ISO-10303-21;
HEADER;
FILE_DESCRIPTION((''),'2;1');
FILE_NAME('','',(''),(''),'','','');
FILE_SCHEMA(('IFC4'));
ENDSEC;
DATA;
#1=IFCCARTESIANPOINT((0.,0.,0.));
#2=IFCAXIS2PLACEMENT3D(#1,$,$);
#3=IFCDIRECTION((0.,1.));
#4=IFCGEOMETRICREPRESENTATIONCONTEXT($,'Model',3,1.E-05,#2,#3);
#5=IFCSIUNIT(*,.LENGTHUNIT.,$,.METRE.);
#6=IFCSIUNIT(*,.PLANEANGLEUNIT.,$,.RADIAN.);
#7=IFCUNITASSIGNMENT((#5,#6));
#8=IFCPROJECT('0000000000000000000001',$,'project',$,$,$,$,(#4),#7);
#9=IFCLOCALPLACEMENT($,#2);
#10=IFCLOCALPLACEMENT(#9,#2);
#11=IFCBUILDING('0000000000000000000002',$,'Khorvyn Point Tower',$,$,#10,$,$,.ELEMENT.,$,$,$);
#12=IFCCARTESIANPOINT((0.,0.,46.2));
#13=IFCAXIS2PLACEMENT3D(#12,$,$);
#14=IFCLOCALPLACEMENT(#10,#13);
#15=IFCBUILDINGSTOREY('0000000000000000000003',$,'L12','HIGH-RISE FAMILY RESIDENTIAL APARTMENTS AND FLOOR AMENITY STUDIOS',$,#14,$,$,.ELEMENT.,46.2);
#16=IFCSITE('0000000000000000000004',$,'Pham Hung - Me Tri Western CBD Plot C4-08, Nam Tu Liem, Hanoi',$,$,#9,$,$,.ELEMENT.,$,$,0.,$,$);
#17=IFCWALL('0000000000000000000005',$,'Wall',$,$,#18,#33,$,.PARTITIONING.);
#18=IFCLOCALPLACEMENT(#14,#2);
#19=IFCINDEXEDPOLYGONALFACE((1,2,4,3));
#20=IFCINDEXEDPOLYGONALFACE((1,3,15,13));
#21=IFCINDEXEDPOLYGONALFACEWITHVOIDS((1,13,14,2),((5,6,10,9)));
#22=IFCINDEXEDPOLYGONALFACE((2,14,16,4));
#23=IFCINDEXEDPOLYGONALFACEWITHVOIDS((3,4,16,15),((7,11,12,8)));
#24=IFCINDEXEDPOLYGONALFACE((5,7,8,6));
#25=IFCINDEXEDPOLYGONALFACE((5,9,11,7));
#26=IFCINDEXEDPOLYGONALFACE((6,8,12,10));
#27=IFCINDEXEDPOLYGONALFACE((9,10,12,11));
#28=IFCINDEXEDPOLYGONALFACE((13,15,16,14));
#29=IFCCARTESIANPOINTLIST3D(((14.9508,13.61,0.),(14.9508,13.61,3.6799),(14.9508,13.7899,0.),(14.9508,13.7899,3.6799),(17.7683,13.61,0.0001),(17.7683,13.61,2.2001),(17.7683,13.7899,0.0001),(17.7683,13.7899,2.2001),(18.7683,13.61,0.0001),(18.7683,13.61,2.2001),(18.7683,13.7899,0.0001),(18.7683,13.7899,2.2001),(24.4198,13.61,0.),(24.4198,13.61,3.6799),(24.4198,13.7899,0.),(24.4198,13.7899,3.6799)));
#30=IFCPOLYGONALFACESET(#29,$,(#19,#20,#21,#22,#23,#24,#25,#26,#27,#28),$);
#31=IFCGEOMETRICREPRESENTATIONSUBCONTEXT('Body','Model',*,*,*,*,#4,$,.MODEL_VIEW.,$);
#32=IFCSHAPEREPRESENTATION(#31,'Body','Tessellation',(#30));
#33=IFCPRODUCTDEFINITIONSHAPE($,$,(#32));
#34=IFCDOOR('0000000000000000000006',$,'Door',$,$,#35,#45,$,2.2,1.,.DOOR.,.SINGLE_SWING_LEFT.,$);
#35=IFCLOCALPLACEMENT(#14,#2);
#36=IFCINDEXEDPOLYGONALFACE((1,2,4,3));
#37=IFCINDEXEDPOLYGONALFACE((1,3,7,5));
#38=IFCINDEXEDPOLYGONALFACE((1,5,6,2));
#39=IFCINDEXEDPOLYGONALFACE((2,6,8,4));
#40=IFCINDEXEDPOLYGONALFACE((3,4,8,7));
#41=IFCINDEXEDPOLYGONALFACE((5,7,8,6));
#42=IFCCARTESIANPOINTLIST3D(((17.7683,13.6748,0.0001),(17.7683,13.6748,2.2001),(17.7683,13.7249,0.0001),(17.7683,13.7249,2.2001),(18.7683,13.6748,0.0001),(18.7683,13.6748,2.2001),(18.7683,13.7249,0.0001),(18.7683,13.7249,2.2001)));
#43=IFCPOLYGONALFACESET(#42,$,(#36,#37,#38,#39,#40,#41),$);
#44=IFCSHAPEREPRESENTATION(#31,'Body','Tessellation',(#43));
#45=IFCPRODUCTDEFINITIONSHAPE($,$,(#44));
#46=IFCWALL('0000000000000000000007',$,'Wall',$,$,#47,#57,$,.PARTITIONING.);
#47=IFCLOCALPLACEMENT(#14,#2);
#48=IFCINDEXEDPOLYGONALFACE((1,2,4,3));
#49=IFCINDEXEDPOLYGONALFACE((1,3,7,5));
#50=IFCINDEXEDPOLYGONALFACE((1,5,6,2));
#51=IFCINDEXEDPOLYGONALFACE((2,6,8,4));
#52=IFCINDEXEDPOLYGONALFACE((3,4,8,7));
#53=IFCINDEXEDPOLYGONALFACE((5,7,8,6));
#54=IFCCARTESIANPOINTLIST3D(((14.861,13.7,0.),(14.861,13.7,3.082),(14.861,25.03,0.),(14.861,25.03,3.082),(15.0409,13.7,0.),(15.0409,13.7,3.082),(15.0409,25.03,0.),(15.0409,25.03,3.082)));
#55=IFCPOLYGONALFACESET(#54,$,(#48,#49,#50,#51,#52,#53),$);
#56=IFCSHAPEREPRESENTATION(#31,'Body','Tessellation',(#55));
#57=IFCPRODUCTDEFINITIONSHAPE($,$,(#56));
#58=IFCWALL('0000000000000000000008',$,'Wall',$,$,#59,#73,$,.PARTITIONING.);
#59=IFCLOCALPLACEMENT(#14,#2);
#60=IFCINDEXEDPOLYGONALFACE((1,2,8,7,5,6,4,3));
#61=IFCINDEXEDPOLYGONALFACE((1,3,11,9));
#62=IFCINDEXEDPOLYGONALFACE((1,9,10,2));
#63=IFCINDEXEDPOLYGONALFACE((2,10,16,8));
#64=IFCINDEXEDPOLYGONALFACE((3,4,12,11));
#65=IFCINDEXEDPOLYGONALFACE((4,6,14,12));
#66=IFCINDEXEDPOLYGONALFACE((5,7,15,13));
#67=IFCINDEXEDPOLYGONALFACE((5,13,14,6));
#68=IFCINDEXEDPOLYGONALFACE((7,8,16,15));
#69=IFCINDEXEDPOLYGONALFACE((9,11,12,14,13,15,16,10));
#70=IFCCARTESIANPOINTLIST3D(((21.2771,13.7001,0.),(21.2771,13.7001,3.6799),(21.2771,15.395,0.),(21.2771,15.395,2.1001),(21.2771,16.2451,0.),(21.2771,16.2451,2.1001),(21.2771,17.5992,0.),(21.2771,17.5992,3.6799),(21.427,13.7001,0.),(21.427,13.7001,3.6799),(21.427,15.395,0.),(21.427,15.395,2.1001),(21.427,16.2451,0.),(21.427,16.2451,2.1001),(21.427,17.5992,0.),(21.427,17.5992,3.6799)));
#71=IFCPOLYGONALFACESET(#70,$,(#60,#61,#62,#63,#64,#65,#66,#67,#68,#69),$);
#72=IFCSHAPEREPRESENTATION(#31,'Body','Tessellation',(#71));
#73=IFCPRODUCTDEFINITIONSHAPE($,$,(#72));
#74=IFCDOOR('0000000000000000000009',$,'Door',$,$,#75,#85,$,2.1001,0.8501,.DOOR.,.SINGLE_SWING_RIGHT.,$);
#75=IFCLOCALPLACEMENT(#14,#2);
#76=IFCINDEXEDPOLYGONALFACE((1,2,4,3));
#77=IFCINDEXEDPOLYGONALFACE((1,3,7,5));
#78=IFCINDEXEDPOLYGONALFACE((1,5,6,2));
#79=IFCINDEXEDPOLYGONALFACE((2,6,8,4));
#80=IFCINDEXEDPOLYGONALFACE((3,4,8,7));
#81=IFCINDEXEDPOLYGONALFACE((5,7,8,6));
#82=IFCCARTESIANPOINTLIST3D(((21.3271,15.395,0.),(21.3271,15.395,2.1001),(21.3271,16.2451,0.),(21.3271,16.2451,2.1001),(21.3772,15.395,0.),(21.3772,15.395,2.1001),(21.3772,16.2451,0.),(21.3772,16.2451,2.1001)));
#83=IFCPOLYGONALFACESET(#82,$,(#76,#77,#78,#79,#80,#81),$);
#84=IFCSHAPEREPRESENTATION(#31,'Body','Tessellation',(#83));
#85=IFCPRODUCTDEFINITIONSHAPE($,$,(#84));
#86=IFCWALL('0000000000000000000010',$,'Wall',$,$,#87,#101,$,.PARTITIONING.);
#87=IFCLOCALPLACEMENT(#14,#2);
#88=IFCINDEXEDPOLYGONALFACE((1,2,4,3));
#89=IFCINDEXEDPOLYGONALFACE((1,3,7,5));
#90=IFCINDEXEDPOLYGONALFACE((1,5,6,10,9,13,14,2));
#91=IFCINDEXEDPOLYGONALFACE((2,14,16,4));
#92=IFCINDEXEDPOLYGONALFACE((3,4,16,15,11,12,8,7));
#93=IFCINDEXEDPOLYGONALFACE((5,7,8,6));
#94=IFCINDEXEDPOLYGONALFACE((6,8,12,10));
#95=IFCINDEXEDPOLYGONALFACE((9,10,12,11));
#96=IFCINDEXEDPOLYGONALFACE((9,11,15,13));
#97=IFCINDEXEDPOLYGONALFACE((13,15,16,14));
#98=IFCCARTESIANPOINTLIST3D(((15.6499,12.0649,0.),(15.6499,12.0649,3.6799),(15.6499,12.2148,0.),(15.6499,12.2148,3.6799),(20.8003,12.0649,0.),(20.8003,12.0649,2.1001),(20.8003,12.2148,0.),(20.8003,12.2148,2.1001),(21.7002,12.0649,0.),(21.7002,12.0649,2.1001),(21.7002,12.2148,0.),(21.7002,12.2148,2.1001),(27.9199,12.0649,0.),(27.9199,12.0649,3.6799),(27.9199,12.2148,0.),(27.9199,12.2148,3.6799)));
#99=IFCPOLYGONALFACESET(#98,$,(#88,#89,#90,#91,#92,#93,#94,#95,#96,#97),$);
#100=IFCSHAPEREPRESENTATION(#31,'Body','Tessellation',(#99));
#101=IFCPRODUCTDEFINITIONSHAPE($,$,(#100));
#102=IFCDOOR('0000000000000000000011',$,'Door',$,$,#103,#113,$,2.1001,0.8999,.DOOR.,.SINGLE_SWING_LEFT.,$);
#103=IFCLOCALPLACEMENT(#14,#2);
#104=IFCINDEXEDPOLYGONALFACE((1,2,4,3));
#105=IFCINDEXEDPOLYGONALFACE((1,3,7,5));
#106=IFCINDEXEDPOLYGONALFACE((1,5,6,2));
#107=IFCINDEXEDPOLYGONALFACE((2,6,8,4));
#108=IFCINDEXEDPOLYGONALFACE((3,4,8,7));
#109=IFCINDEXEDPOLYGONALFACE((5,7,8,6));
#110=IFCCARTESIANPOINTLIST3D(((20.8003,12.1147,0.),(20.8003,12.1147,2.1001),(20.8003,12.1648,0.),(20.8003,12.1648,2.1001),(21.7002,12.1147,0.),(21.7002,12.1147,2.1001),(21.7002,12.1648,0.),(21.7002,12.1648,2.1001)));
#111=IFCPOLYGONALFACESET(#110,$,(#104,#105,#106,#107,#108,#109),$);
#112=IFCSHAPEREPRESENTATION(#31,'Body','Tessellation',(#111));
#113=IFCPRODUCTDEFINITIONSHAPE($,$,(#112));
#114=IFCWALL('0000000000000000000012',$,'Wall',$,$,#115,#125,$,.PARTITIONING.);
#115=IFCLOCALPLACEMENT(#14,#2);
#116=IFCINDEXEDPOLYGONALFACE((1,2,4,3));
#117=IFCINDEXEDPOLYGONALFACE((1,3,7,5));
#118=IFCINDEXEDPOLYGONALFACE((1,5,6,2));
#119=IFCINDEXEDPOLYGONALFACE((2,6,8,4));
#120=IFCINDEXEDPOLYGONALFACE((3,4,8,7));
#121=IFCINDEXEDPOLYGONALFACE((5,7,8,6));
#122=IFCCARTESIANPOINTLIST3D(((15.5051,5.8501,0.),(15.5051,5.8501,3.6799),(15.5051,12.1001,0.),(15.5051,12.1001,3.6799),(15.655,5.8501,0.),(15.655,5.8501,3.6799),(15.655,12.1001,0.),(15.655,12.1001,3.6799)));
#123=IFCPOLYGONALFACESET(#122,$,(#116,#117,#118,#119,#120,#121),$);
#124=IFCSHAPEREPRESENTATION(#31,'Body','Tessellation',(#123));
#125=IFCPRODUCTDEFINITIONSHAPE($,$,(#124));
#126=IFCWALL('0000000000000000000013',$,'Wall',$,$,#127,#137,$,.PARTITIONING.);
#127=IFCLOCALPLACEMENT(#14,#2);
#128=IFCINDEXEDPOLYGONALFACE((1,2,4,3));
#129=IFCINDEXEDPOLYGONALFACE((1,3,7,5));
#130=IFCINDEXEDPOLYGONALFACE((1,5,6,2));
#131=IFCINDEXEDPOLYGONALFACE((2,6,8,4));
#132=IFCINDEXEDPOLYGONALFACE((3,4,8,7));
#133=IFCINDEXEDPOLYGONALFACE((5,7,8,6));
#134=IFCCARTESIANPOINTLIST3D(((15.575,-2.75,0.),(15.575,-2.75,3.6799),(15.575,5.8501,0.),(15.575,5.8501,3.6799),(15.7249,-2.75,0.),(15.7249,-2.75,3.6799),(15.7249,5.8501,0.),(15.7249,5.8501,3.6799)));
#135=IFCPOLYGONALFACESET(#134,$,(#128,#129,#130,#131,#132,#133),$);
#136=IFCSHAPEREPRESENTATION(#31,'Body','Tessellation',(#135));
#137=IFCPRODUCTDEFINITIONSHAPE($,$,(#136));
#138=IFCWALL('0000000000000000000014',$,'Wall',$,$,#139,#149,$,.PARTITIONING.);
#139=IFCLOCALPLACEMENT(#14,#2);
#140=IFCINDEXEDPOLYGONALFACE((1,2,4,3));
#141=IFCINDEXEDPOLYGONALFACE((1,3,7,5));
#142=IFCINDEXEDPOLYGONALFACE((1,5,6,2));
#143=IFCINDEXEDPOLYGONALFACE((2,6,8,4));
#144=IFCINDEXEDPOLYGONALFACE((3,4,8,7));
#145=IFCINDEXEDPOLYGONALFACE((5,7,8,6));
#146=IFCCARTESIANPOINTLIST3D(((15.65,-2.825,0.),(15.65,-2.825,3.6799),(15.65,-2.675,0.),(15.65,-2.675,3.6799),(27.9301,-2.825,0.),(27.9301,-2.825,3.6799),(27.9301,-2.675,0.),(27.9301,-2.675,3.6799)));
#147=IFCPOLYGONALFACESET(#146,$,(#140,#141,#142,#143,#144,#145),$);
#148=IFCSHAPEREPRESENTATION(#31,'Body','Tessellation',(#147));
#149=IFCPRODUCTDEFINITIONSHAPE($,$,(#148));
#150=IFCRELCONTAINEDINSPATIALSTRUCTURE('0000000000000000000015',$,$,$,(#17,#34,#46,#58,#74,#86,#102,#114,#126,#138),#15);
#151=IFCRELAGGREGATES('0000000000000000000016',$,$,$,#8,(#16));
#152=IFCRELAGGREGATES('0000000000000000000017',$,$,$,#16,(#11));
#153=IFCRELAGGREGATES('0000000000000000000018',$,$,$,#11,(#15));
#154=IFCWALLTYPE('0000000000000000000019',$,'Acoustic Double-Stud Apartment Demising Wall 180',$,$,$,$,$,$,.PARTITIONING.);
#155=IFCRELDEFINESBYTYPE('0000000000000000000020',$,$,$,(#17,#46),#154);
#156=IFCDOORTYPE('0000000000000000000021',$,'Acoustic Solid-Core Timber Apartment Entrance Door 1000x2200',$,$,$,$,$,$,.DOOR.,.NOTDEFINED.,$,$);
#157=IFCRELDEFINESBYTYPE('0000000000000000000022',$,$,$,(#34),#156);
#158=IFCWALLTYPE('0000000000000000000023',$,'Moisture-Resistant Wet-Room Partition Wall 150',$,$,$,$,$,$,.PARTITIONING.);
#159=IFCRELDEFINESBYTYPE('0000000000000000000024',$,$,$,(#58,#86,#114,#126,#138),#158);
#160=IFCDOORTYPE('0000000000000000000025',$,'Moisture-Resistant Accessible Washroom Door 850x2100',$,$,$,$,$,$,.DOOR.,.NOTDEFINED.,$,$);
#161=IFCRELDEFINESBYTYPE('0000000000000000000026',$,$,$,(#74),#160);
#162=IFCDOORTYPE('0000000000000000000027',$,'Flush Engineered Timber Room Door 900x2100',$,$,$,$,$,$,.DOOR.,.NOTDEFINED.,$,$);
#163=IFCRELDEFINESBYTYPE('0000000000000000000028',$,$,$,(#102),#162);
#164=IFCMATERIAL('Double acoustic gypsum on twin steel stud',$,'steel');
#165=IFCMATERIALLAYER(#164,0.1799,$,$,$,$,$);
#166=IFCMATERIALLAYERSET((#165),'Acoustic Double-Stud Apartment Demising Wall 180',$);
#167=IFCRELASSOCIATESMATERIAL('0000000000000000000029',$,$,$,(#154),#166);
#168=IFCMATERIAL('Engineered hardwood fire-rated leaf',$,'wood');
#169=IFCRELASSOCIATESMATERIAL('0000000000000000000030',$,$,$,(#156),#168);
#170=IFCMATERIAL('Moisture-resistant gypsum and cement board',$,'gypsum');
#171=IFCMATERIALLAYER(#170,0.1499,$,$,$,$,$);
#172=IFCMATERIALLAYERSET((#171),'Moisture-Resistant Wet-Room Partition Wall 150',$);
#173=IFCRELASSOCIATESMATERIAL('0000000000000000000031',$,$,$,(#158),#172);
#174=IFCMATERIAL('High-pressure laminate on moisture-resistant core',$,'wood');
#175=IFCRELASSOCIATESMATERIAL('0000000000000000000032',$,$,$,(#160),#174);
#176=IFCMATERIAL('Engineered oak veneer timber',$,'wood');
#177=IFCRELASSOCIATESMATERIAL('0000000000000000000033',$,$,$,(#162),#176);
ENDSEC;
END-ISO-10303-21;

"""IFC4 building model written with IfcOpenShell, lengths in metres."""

from ifc_helpers import new_model, si_unit, direction, frame, frame_2d, origin, place, context, subcontext, project, spatial, rectangle, extrude, material, layer, layer_set, type_object, element, fill, save


model = new_model("IFC4")

# Units and contexts
model_context = context("Model", 3, precision=1e-05, world=origin(), true_north=direction((0.0, 1.0)))
body_context = subcontext(model_context, "Body", "Model", "MODEL_VIEW")
ifc_project = project(units=[si_unit("LENGTHUNIT", "METRE"), si_unit("PLANEANGLEUNIT", "RADIAN")], contexts=[model_context])

# Site, building, storey
site_placement = place(None, origin())
site = spatial("IfcSite", under=ifc_project, at=site_placement, Name="Pham Hung - Me Tri Western CBD Plot C4-08, Nam Tu Liem, Hanoi", CompositionType="ELEMENT", RefElevation=0.0)
building_placement = place(site_placement, origin())
building = spatial("IfcBuilding", under=site, at=building_placement, Name="Khorvyn Point Tower", CompositionType="ELEMENT")
storey_placement = place(building_placement, frame((0.0, 0.0, 46.2)))
storey = spatial("IfcBuildingStorey", under=building, at=storey_placement, Name="L12", Description="HIGH-RISE FAMILY RESIDENTIAL APARTMENTS AND FLOOR AMENITY STUDIOS", CompositionType="ELEMENT", Elevation=46.2)

# Wall, opening, door
ifc_material_1 = material(Name="Double acoustic gypsum on twin steel stud", Category="steel")
ifc_layer_1 = layer(ifc_material_1, 0.1799)
ifc_layer_set_1 = layer_set([ifc_layer_1], Name="Acoustic Double-Stud Apartment Demising Wall 180")
wall_type_1 = type_object("IfcWallType", Name="Acoustic Double-Stud Apartment Demising Wall 180", PredefinedType="PARTITIONING", material=ifc_layer_set_1)
wall_1_placement = place(storey_placement, frame((14.9509, 13.7, 0.0), z_axis=(0.0, 0.0, 1.0), x_axis=(1.0, 0.0, 0.0)))
wall_1 = element("IfcWall", 1, at=wall_1_placement, inside=storey, type_object=wall_type_1, Name="Wall", PredefinedType="PARTITIONING", context=body_context, shape_type="SweptSolid", body=[
    extrude(rectangle(XDim=9.469, YDim=0.1799, at=frame_2d((4.7344, 0.0))), origin(), (0.0, 0.0, 1.0), 3.6799),
])
opening_1_placement = place(wall_1_placement, frame((2.8174, 0.0, 0.0)))
opening_1 = element("IfcOpeningElement", 2, at=opening_1_placement, cuts=wall_1, PredefinedType="OPENING", context=body_context, shape_type="SweptSolid", body=[
    extrude(rectangle(XDim=1.0, YDim=2.2, at=frame_2d((0.5, 1.1001))), frame((0.0, 0.0999, 0.0), z_axis=(0.0, -1.0, 0.0), x_axis=(1.0, 0.0, 0.0)), (0.0, 0.0, 1.0), 0.2),
])
ifc_material_2 = material(Name="Engineered hardwood fire-rated leaf", Category="wood")
door_type_1 = type_object("IfcDoorType", Name="Acoustic Solid-Core Timber Apartment Entrance Door 1000x2200", OperationType="NOTDEFINED", PredefinedType="DOOR", material=ifc_material_2)
door_1_placement = place(opening_1_placement, origin())
door_1 = element("IfcDoor", 3, at=door_1_placement, inside=storey, type_object=door_type_1, Name="Door", OperationType="SINGLE_SWING_LEFT", OverallHeight=2.2, OverallWidth=1.0, PredefinedType="DOOR", context=body_context, shape_type="SweptSolid", body=[
    extrude(rectangle(XDim=1.0, YDim=2.2, at=frame_2d((0.5, 1.1001))), frame((0.0, 0.0249, 0.0), z_axis=(0.0, -1.0, 0.0), x_axis=(1.0, 0.0, 0.0)), (0.0, 0.0, 1.0), 0.05),
])
fill(opening_1, door_1)

# Wall
wall_2_placement = place(storey_placement, frame((14.9509, 13.7, 0.0), z_axis=(0.0, 0.0, 1.0), x_axis=(0.0, 1.0, 0.0)))
element("IfcWall", 4, at=wall_2_placement, inside=storey, type_object=wall_type_1, Name="Wall", PredefinedType="PARTITIONING", context=body_context, shape_type="SweptSolid", body=[
    extrude(rectangle(XDim=11.3301, YDim=0.1799, at=frame_2d((5.665, 0.0))), origin(), (0.0, 0.0, 1.0), 3.082),
])

# Walls, openings, doors
ifc_material_3 = material(Name="Moisture-resistant gypsum and cement board", Category="gypsum")
ifc_layer_2 = layer(ifc_material_3, 0.1499)
ifc_layer_set_2 = layer_set([ifc_layer_2], Name="Moisture-Resistant Wet-Room Partition Wall 150")
wall_type_2 = type_object("IfcWallType", Name="Moisture-Resistant Wet-Room Partition Wall 150", PredefinedType="PARTITIONING", material=ifc_layer_set_2)
wall_3_placement = place(storey_placement, frame((21.3521, 13.7, 0.0), z_axis=(0.0, 0.0, 1.0), x_axis=(0.0, 1.0, 0.0)))
wall_3 = element("IfcWall", 5, at=wall_3_placement, inside=storey, type_object=wall_type_2, Name="Wall", PredefinedType="PARTITIONING", context=body_context, shape_type="SweptSolid", body=[
    extrude(rectangle(XDim=3.8992, YDim=0.1499, at=frame_2d((1.9497, 0.0))), origin(), (0.0, 0.0, 1.0), 3.6799),
])
opening_2_placement = place(wall_3_placement, frame((1.6951, 0.0, 0.0)))
opening_2 = element("IfcOpeningElement", 6, at=opening_2_placement, cuts=wall_3, PredefinedType="OPENING", context=body_context, shape_type="SweptSolid", body=[
    extrude(rectangle(XDim=0.8501, YDim=2.1001, at=frame_2d((0.425, 1.05))), frame((0.0, 0.085, 0.0), z_axis=(0.0, -1.0, 0.0), x_axis=(1.0, 0.0, 0.0)), (0.0, 0.0, 1.0), 0.1699),
])
ifc_material_4 = material(Name="High-pressure laminate on moisture-resistant core", Category="wood")
door_type_2 = type_object("IfcDoorType", Name="Moisture-Resistant Accessible Washroom Door 850x2100", OperationType="NOTDEFINED", PredefinedType="DOOR", material=ifc_material_4)
door_2_placement = place(opening_2_placement, origin())
door_2 = element("IfcDoor", 7, at=door_2_placement, inside=storey, type_object=door_type_2, Name="Door", OperationType="SINGLE_SWING_RIGHT", OverallHeight=2.1001, OverallWidth=0.8501, PredefinedType="DOOR", context=body_context, shape_type="SweptSolid", body=[
    extrude(rectangle(XDim=0.8501, YDim=2.1001, at=frame_2d((0.425, 1.05))), frame((0.0, 0.0249, 0.0), z_axis=(0.0, -1.0, 0.0), x_axis=(1.0, 0.0, 0.0)), (0.0, 0.0, 1.0), 0.05),
])
fill(opening_2, door_2)
wall_4_placement = place(storey_placement, frame((15.6499, 12.1399, 0.0), z_axis=(0.0, 0.0, 1.0), x_axis=(1.0, 0.0, 0.0)))
wall_4 = element("IfcWall", 8, at=wall_4_placement, inside=storey, type_object=wall_type_2, Name="Wall", PredefinedType="PARTITIONING", context=body_context, shape_type="SweptSolid", body=[
    extrude(rectangle(XDim=12.27, YDim=0.1499, at=frame_2d((6.135, 0.0))), origin(), (0.0, 0.0, 1.0), 3.6799),
])
opening_3_placement = place(wall_4_placement, frame((5.1504, 0.0, 0.0)))
opening_3 = element("IfcOpeningElement", 9, at=opening_3_placement, cuts=wall_4, PredefinedType="OPENING", context=body_context, shape_type="SweptSolid", body=[
    extrude(rectangle(XDim=0.8999, YDim=2.1001, at=frame_2d((0.45, 1.05))), frame((0.0, 0.085, 0.0), z_axis=(0.0, -1.0, 0.0), x_axis=(1.0, 0.0, 0.0)), (0.0, 0.0, 1.0), 0.1699),
])
ifc_material_5 = material(Name="Engineered oak veneer timber", Category="wood")
door_type_3 = type_object("IfcDoorType", Name="Flush Engineered Timber Room Door 900x2100", OperationType="NOTDEFINED", PredefinedType="DOOR", material=ifc_material_5)
door_3_placement = place(opening_3_placement, origin())
door_3 = element("IfcDoor", 10, at=door_3_placement, inside=storey, type_object=door_type_3, Name="Door", OperationType="SINGLE_SWING_LEFT", OverallHeight=2.1001, OverallWidth=0.8999, PredefinedType="DOOR", context=body_context, shape_type="SweptSolid", body=[
    extrude(rectangle(XDim=0.8999, YDim=2.1001, at=frame_2d((0.45, 1.05))), frame((0.0, 0.0249, 0.0), z_axis=(0.0, -1.0, 0.0), x_axis=(1.0, 0.0, 0.0)), (0.0, 0.0, 1.0), 0.05),
])
fill(opening_3, door_3)

# Walls
wall_5_placement = place(storey_placement, frame((15.5801, 5.8501, 0.0), z_axis=(0.0, 0.0, 1.0), x_axis=(0.0, 1.0, 0.0)))
element("IfcWall", 11, at=wall_5_placement, inside=storey, type_object=wall_type_2, Name="Wall", PredefinedType="PARTITIONING", context=body_context, shape_type="SweptSolid", body=[
    extrude(rectangle(XDim=6.25, YDim=0.1499, at=frame_2d((3.125, 0.0))), origin(), (0.0, 0.0, 1.0), 3.6799),
])
wall_6_placement = place(storey_placement, frame((15.6499, -2.75, 0.0), z_axis=(0.0, 0.0, 1.0), x_axis=(0.0, 1.0, 0.0)))
element("IfcWall", 12, at=wall_6_placement, inside=storey, type_object=wall_type_2, Name="Wall", PredefinedType="PARTITIONING", context=body_context, shape_type="SweptSolid", body=[
    extrude(rectangle(XDim=8.6001, YDim=0.1499, at=frame_2d((4.3, 0.0))), origin(), (0.0, 0.0, 1.0), 3.6799),
])
wall_7_placement = place(storey_placement, frame((15.6499, -2.75, 0.0), z_axis=(0.0, 0.0, 1.0), x_axis=(1.0, 0.0, 0.0)))
element("IfcWall", 13, at=wall_7_placement, inside=storey, type_object=wall_type_2, Name="Wall", PredefinedType="PARTITIONING", context=body_context, shape_type="SweptSolid", body=[
    extrude(rectangle(XDim=12.28, YDim=0.1499, at=frame_2d((6.1401, 0.0))), origin(), (0.0, 0.0, 1.0), 3.6799),
])

save(model, "model.ifc")
